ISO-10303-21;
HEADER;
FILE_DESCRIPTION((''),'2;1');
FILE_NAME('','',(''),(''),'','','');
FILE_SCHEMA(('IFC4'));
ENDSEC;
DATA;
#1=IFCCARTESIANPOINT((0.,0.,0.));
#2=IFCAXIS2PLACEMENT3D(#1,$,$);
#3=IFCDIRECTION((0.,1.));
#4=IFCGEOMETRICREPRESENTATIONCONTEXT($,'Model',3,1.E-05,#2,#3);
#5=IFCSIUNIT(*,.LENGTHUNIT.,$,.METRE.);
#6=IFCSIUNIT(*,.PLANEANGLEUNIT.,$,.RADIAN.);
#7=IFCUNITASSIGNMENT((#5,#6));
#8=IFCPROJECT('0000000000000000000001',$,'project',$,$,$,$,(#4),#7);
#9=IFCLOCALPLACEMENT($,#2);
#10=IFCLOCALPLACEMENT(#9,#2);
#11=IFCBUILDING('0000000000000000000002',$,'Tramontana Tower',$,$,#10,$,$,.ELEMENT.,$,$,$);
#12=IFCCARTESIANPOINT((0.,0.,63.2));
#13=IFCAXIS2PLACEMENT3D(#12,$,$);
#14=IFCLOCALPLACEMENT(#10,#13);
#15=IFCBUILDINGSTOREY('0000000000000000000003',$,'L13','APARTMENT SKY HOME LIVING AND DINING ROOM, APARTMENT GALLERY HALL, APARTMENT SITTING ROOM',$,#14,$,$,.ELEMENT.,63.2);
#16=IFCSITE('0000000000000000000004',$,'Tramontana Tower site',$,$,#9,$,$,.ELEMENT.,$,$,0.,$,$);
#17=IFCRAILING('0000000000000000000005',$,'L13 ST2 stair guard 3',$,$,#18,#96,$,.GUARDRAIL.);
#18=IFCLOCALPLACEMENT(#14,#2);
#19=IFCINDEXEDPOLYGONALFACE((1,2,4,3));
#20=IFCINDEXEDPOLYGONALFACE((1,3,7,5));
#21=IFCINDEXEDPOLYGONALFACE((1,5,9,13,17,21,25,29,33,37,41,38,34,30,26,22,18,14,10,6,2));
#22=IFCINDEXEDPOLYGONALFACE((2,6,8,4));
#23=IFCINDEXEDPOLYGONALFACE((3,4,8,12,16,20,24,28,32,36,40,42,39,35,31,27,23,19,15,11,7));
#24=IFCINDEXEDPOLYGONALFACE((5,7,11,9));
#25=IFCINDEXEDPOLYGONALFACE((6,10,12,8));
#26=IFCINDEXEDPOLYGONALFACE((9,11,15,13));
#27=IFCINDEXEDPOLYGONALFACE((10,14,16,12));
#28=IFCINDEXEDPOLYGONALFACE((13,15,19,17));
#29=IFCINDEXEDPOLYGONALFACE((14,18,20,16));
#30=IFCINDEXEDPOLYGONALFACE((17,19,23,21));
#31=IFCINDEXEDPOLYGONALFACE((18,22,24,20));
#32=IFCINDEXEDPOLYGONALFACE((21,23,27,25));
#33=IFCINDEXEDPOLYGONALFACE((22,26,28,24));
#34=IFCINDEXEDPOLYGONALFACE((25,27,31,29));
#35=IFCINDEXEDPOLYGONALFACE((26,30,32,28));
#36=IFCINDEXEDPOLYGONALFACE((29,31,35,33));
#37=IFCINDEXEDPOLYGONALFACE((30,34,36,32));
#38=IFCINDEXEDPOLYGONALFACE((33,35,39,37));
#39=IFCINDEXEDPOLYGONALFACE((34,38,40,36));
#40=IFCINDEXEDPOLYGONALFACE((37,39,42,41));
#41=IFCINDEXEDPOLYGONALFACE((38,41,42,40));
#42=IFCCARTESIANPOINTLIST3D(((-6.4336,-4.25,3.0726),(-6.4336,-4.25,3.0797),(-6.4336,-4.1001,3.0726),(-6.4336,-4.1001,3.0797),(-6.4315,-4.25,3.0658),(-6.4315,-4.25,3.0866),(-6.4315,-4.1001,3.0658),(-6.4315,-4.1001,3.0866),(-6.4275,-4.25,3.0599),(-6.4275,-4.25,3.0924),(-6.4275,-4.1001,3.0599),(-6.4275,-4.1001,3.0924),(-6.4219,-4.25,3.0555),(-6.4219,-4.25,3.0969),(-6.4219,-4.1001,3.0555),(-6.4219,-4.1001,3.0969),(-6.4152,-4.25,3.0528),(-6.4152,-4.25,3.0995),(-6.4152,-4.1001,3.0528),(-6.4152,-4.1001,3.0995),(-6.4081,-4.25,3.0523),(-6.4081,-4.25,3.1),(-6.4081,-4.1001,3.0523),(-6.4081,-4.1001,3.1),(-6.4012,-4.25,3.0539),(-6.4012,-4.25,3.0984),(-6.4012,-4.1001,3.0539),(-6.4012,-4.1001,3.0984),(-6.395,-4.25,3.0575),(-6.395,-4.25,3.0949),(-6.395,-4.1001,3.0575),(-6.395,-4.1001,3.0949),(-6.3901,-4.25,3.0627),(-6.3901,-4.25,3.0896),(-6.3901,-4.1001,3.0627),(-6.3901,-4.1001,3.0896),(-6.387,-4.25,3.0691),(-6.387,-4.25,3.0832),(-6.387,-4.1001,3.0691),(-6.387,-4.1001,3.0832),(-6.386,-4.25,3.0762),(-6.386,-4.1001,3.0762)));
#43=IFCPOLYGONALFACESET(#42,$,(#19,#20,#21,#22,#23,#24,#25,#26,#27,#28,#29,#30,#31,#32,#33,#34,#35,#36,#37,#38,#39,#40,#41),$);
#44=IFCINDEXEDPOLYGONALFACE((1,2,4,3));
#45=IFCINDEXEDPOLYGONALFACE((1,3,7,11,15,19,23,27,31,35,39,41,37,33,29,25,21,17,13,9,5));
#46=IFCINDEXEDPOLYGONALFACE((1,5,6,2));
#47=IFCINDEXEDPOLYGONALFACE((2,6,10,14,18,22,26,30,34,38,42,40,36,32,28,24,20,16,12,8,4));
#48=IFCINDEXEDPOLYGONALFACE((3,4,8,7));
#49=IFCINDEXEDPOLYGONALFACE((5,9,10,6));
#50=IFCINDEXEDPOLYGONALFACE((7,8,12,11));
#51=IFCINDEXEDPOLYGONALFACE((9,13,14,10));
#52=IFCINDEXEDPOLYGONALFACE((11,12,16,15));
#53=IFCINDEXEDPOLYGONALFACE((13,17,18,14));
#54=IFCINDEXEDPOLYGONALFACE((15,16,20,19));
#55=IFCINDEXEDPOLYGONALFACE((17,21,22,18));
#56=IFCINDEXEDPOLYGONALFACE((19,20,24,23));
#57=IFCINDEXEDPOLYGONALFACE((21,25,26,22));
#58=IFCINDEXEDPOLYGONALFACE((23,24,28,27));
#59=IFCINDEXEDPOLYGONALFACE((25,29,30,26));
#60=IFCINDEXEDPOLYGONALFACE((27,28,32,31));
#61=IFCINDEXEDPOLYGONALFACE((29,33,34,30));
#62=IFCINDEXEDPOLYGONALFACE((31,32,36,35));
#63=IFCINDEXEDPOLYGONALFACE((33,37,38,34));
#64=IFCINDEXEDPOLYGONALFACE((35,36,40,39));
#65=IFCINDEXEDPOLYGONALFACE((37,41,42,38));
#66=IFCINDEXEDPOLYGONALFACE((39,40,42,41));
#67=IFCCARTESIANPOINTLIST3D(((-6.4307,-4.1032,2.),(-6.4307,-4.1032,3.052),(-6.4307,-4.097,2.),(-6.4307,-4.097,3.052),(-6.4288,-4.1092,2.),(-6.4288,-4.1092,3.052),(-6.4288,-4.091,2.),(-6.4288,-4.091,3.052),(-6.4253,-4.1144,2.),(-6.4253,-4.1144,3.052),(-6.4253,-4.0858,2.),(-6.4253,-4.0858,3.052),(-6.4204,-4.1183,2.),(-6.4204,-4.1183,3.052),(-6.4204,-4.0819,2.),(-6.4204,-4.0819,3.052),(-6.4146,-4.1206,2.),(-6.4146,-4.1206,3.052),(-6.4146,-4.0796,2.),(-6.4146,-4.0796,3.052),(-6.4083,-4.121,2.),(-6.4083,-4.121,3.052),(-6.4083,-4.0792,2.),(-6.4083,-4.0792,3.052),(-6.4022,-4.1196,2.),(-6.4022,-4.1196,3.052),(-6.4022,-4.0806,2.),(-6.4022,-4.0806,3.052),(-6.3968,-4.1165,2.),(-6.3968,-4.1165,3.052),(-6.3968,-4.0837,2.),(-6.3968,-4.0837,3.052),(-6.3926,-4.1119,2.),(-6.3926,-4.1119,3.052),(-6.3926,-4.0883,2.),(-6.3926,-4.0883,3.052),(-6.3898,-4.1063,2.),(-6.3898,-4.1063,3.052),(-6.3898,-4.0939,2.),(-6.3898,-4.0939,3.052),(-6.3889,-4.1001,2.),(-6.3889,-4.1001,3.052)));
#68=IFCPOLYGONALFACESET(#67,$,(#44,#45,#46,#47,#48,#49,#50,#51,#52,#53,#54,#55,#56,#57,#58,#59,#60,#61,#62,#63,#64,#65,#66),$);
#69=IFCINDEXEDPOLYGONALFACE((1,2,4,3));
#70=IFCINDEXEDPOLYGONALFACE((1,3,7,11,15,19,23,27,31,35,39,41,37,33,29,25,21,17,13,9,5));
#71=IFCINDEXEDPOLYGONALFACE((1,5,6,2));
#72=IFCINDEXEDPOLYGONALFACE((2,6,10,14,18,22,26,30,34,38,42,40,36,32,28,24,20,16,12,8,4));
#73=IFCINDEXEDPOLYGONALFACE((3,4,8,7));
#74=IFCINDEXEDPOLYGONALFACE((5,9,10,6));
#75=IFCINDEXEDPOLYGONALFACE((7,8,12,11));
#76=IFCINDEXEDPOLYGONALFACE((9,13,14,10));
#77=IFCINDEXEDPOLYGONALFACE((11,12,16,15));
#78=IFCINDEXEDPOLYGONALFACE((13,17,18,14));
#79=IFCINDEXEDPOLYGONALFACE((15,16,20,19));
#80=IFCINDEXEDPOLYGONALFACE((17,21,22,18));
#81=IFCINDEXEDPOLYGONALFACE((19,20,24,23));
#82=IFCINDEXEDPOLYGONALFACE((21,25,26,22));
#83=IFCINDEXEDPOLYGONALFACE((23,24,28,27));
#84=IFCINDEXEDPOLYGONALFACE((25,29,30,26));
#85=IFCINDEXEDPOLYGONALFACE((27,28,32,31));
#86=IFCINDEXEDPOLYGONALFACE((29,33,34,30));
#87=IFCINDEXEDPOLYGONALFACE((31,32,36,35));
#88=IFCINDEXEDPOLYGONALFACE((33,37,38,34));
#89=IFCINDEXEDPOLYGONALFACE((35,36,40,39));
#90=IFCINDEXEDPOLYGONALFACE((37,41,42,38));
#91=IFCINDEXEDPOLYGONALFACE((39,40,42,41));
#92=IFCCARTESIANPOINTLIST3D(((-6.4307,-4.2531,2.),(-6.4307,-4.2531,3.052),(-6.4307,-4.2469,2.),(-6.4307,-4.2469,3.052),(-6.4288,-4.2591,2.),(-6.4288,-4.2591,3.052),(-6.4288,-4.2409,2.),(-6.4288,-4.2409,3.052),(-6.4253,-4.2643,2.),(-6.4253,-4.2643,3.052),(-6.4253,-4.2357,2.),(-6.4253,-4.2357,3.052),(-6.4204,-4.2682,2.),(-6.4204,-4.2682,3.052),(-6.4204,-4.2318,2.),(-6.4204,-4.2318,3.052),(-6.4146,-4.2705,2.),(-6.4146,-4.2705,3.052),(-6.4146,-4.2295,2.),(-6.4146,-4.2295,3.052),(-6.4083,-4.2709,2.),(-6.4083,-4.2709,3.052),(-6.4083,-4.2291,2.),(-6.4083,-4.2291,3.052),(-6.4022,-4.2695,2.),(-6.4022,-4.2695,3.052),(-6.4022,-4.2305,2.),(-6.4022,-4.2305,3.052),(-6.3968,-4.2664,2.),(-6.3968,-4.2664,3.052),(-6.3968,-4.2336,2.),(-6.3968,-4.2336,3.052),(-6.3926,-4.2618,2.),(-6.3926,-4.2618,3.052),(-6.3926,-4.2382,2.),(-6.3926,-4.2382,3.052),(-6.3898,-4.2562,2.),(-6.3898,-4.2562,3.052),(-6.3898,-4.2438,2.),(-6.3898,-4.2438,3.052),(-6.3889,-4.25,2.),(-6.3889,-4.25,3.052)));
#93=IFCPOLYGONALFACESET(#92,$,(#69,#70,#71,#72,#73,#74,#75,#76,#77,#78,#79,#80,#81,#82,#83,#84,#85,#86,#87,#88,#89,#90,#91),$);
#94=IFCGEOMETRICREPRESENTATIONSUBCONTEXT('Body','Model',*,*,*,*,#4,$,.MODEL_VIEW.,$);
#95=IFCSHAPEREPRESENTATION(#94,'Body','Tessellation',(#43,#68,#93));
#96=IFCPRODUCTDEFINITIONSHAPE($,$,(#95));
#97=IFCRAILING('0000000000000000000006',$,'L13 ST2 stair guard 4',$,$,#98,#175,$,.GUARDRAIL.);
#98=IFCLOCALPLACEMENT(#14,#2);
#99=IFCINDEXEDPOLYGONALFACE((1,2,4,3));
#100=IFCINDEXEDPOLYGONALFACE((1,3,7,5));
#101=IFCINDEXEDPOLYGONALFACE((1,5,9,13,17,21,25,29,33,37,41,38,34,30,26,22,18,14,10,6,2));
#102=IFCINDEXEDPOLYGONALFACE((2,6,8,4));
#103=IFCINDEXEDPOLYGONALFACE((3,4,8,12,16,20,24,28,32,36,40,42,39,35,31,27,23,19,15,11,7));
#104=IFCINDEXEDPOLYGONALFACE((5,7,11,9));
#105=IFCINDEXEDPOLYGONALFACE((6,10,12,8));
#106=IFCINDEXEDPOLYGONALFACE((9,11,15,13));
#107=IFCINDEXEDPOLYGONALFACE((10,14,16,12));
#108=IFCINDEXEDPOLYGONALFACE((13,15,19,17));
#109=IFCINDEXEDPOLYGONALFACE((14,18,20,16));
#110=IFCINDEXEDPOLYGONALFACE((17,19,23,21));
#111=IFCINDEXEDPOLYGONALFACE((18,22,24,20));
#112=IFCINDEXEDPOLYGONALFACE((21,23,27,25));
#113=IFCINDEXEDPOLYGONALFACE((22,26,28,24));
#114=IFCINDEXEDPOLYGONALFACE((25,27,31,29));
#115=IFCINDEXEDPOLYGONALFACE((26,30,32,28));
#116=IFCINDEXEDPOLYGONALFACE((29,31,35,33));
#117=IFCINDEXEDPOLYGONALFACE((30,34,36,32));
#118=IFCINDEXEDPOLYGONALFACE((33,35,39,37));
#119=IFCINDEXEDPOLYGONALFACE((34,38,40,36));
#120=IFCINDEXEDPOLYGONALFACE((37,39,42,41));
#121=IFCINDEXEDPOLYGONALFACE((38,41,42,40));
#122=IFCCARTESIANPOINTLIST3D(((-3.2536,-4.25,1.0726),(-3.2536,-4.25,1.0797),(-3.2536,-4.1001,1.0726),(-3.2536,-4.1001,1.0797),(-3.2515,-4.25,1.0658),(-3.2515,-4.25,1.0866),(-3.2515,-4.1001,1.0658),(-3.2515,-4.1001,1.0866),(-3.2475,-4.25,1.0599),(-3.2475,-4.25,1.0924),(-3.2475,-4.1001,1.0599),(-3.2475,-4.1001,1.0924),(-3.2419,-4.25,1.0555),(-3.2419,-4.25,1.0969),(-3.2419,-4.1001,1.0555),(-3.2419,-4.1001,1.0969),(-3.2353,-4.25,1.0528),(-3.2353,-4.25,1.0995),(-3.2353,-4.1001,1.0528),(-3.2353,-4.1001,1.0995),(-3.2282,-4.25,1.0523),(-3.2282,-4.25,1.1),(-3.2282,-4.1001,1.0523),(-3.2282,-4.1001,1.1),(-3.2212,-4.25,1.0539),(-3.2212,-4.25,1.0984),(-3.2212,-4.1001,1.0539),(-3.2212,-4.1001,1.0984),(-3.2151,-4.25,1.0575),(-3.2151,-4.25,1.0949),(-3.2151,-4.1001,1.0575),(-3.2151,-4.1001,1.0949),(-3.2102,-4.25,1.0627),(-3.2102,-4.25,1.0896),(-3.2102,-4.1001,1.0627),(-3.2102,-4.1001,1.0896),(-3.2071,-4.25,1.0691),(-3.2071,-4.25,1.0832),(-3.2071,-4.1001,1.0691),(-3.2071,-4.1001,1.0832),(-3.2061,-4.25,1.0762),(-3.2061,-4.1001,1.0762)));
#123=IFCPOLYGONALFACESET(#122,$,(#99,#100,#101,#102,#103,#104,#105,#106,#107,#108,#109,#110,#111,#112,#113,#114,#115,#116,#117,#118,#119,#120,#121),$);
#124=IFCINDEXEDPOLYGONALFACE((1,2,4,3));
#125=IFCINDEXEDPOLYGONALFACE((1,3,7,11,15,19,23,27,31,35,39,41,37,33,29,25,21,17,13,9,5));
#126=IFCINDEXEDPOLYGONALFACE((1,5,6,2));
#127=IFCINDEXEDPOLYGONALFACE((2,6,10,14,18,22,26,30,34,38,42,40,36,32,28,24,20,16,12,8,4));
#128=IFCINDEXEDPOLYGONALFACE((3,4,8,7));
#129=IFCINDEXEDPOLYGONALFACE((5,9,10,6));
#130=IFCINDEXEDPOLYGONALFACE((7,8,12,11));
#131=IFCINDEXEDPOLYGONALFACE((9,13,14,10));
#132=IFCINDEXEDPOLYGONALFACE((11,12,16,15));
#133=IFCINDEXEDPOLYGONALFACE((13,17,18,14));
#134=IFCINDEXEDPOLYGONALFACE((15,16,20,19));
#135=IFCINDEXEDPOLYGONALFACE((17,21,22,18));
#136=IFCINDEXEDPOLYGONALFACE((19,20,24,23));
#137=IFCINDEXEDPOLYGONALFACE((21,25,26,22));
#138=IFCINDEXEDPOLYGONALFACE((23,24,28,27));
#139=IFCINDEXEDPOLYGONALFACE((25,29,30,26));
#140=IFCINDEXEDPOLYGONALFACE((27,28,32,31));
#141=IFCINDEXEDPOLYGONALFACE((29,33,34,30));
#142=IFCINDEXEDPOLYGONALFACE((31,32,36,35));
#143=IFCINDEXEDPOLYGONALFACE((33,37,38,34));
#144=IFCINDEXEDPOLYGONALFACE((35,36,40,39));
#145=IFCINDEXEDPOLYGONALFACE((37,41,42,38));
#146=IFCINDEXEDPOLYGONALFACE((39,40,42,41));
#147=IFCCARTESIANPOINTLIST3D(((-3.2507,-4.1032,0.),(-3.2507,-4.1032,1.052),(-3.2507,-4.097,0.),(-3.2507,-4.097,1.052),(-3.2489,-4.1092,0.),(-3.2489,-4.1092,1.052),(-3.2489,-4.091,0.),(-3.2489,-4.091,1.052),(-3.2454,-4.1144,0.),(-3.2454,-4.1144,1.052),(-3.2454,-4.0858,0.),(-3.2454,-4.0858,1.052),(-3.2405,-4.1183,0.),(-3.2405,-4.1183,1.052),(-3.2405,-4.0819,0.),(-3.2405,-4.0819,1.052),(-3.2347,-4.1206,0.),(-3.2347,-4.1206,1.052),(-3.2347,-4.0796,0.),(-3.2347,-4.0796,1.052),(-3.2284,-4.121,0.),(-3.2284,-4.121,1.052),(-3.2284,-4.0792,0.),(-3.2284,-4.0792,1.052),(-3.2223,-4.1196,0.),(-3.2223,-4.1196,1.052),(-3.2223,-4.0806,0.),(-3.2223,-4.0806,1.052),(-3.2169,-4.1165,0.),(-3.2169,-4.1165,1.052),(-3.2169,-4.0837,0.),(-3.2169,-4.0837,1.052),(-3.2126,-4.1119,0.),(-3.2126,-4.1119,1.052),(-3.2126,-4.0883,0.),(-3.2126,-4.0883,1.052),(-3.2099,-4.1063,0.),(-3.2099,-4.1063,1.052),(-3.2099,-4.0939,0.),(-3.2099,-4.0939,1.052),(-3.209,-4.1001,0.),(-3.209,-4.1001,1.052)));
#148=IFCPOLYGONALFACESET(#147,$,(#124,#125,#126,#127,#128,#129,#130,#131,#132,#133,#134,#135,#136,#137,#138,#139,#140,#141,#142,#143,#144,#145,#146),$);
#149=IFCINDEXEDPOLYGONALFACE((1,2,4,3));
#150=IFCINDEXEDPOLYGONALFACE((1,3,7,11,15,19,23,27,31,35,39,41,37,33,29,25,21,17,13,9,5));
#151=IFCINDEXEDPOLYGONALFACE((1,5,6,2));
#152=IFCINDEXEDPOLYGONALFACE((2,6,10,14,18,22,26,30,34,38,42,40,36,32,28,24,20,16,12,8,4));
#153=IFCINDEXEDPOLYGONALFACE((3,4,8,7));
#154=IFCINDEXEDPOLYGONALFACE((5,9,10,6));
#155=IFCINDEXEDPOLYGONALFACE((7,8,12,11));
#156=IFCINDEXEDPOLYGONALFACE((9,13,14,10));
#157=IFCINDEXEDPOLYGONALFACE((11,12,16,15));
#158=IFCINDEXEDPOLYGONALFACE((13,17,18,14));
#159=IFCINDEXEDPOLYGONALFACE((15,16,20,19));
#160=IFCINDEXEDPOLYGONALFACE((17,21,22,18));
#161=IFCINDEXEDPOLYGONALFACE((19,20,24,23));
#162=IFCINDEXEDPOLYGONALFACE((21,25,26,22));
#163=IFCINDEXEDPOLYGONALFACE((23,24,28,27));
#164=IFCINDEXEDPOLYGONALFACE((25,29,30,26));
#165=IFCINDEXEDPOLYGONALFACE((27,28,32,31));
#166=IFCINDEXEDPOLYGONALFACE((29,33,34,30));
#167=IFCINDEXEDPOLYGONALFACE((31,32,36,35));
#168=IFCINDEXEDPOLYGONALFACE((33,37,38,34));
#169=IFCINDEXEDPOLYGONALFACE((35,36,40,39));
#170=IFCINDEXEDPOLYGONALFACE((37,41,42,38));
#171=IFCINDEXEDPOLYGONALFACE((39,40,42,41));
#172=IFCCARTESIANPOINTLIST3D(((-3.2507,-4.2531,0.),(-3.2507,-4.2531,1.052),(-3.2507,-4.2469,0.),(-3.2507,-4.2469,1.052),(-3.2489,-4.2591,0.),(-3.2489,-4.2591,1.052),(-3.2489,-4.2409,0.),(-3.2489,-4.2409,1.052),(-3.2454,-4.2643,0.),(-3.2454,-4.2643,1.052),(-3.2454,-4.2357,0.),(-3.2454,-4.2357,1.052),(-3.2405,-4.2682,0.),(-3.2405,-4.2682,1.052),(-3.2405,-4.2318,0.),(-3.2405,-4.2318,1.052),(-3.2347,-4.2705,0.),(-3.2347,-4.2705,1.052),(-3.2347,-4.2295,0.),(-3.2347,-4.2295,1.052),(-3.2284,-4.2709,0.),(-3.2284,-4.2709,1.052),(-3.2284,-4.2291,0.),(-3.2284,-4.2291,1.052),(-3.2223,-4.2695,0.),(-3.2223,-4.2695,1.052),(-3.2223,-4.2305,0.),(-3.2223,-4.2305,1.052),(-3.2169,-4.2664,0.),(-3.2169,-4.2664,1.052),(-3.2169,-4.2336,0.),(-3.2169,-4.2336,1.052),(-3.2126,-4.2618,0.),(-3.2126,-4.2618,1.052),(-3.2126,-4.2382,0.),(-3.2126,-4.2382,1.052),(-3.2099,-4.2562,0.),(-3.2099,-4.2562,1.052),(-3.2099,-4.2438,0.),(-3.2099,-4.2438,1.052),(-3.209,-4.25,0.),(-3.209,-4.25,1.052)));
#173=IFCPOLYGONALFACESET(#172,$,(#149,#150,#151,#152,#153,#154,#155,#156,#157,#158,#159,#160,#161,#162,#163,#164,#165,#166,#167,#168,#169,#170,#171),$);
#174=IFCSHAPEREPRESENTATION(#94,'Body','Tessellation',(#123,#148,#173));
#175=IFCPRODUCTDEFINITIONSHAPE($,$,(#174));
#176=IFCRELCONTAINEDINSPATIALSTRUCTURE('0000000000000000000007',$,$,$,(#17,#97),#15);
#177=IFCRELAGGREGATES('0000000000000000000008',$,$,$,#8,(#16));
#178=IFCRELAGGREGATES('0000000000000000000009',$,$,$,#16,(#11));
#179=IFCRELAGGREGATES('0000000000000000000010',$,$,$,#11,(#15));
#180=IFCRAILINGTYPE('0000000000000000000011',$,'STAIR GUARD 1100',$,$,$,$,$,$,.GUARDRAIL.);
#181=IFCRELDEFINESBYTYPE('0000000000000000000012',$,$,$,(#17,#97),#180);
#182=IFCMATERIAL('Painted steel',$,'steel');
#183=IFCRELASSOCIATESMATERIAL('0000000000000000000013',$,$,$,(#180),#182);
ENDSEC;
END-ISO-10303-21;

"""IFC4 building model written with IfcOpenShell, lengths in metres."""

from ifc_helpers import new_model, si_unit, direction, frame, origin, origin_2d, place, context, subcontext, project, spatial, circle, extrude, material, type_object, element, save


model = new_model("IFC4")

# Units and contexts
model_context = context("Model", 3, precision=1e-05, world=origin(), true_north=direction((0.0, 1.0)))
body_context = subcontext(model_context, "Body", "Model", "MODEL_VIEW")
ifc_project = project(units=[si_unit("LENGTHUNIT", "METRE"), si_unit("PLANEANGLEUNIT", "RADIAN")], contexts=[model_context])

# Site, building, storey
site_placement = place(None, origin())
site = spatial("IfcSite", under=ifc_project, at=site_placement, Name="Tramontana Tower site", CompositionType="ELEMENT", RefElevation=0.0)
building_placement = place(site_placement, origin())
building = spatial("IfcBuilding", under=site, at=building_placement, Name="Tramontana Tower", CompositionType="ELEMENT")
storey_placement = place(building_placement, frame((0.0, 0.0, 63.2)))
storey = spatial("IfcBuildingStorey", under=building, at=storey_placement, Name="L13", Description="APARTMENT SKY HOME LIVING AND DINING ROOM, APARTMENT GALLERY HALL, APARTMENT SITTING ROOM", CompositionType="ELEMENT", Elevation=63.2)

# Railings
ifc_material_1 = material(Name="Painted steel", Category="steel")
railing_type_1 = type_object("IfcRailingType", Name="STAIR GUARD 1100", PredefinedType="GUARDRAIL", material=ifc_material_1)
for number, where, name in (
    (1, (-6.4099, -4.1001, 2.0), "L13 ST2 stair guard 3"),
    (2, (-3.23, -4.1001, 0.0), "L13 ST2 stair guard 4"),
):
    element("IfcRailing", number, at=place(storey_placement, frame(where)), inside=storey, type_object=railing_type_1, Name=name, PredefinedType="GUARDRAIL", context=body_context, shape_type="SweptSolid", body=[
        extrude(circle(Radius=0.0239, at=origin_2d()), frame((0.0, 0.0, 1.0762), z_axis=(0.0, -1.0, 0.0), x_axis=(1.0, 0.0, 0.0)), (0.0, 0.0, 1.0), 0.1499),
        extrude(circle(Radius=0.021, at=origin_2d()), origin(), (0.0, 0.0, 1.0), 1.052),
        extrude(circle(Radius=0.021, at=origin_2d()), frame((0.0, -0.1499, 0.0)), (0.0, 0.0, 1.0), 1.052),
    ])

save(model, "model.ifc")
